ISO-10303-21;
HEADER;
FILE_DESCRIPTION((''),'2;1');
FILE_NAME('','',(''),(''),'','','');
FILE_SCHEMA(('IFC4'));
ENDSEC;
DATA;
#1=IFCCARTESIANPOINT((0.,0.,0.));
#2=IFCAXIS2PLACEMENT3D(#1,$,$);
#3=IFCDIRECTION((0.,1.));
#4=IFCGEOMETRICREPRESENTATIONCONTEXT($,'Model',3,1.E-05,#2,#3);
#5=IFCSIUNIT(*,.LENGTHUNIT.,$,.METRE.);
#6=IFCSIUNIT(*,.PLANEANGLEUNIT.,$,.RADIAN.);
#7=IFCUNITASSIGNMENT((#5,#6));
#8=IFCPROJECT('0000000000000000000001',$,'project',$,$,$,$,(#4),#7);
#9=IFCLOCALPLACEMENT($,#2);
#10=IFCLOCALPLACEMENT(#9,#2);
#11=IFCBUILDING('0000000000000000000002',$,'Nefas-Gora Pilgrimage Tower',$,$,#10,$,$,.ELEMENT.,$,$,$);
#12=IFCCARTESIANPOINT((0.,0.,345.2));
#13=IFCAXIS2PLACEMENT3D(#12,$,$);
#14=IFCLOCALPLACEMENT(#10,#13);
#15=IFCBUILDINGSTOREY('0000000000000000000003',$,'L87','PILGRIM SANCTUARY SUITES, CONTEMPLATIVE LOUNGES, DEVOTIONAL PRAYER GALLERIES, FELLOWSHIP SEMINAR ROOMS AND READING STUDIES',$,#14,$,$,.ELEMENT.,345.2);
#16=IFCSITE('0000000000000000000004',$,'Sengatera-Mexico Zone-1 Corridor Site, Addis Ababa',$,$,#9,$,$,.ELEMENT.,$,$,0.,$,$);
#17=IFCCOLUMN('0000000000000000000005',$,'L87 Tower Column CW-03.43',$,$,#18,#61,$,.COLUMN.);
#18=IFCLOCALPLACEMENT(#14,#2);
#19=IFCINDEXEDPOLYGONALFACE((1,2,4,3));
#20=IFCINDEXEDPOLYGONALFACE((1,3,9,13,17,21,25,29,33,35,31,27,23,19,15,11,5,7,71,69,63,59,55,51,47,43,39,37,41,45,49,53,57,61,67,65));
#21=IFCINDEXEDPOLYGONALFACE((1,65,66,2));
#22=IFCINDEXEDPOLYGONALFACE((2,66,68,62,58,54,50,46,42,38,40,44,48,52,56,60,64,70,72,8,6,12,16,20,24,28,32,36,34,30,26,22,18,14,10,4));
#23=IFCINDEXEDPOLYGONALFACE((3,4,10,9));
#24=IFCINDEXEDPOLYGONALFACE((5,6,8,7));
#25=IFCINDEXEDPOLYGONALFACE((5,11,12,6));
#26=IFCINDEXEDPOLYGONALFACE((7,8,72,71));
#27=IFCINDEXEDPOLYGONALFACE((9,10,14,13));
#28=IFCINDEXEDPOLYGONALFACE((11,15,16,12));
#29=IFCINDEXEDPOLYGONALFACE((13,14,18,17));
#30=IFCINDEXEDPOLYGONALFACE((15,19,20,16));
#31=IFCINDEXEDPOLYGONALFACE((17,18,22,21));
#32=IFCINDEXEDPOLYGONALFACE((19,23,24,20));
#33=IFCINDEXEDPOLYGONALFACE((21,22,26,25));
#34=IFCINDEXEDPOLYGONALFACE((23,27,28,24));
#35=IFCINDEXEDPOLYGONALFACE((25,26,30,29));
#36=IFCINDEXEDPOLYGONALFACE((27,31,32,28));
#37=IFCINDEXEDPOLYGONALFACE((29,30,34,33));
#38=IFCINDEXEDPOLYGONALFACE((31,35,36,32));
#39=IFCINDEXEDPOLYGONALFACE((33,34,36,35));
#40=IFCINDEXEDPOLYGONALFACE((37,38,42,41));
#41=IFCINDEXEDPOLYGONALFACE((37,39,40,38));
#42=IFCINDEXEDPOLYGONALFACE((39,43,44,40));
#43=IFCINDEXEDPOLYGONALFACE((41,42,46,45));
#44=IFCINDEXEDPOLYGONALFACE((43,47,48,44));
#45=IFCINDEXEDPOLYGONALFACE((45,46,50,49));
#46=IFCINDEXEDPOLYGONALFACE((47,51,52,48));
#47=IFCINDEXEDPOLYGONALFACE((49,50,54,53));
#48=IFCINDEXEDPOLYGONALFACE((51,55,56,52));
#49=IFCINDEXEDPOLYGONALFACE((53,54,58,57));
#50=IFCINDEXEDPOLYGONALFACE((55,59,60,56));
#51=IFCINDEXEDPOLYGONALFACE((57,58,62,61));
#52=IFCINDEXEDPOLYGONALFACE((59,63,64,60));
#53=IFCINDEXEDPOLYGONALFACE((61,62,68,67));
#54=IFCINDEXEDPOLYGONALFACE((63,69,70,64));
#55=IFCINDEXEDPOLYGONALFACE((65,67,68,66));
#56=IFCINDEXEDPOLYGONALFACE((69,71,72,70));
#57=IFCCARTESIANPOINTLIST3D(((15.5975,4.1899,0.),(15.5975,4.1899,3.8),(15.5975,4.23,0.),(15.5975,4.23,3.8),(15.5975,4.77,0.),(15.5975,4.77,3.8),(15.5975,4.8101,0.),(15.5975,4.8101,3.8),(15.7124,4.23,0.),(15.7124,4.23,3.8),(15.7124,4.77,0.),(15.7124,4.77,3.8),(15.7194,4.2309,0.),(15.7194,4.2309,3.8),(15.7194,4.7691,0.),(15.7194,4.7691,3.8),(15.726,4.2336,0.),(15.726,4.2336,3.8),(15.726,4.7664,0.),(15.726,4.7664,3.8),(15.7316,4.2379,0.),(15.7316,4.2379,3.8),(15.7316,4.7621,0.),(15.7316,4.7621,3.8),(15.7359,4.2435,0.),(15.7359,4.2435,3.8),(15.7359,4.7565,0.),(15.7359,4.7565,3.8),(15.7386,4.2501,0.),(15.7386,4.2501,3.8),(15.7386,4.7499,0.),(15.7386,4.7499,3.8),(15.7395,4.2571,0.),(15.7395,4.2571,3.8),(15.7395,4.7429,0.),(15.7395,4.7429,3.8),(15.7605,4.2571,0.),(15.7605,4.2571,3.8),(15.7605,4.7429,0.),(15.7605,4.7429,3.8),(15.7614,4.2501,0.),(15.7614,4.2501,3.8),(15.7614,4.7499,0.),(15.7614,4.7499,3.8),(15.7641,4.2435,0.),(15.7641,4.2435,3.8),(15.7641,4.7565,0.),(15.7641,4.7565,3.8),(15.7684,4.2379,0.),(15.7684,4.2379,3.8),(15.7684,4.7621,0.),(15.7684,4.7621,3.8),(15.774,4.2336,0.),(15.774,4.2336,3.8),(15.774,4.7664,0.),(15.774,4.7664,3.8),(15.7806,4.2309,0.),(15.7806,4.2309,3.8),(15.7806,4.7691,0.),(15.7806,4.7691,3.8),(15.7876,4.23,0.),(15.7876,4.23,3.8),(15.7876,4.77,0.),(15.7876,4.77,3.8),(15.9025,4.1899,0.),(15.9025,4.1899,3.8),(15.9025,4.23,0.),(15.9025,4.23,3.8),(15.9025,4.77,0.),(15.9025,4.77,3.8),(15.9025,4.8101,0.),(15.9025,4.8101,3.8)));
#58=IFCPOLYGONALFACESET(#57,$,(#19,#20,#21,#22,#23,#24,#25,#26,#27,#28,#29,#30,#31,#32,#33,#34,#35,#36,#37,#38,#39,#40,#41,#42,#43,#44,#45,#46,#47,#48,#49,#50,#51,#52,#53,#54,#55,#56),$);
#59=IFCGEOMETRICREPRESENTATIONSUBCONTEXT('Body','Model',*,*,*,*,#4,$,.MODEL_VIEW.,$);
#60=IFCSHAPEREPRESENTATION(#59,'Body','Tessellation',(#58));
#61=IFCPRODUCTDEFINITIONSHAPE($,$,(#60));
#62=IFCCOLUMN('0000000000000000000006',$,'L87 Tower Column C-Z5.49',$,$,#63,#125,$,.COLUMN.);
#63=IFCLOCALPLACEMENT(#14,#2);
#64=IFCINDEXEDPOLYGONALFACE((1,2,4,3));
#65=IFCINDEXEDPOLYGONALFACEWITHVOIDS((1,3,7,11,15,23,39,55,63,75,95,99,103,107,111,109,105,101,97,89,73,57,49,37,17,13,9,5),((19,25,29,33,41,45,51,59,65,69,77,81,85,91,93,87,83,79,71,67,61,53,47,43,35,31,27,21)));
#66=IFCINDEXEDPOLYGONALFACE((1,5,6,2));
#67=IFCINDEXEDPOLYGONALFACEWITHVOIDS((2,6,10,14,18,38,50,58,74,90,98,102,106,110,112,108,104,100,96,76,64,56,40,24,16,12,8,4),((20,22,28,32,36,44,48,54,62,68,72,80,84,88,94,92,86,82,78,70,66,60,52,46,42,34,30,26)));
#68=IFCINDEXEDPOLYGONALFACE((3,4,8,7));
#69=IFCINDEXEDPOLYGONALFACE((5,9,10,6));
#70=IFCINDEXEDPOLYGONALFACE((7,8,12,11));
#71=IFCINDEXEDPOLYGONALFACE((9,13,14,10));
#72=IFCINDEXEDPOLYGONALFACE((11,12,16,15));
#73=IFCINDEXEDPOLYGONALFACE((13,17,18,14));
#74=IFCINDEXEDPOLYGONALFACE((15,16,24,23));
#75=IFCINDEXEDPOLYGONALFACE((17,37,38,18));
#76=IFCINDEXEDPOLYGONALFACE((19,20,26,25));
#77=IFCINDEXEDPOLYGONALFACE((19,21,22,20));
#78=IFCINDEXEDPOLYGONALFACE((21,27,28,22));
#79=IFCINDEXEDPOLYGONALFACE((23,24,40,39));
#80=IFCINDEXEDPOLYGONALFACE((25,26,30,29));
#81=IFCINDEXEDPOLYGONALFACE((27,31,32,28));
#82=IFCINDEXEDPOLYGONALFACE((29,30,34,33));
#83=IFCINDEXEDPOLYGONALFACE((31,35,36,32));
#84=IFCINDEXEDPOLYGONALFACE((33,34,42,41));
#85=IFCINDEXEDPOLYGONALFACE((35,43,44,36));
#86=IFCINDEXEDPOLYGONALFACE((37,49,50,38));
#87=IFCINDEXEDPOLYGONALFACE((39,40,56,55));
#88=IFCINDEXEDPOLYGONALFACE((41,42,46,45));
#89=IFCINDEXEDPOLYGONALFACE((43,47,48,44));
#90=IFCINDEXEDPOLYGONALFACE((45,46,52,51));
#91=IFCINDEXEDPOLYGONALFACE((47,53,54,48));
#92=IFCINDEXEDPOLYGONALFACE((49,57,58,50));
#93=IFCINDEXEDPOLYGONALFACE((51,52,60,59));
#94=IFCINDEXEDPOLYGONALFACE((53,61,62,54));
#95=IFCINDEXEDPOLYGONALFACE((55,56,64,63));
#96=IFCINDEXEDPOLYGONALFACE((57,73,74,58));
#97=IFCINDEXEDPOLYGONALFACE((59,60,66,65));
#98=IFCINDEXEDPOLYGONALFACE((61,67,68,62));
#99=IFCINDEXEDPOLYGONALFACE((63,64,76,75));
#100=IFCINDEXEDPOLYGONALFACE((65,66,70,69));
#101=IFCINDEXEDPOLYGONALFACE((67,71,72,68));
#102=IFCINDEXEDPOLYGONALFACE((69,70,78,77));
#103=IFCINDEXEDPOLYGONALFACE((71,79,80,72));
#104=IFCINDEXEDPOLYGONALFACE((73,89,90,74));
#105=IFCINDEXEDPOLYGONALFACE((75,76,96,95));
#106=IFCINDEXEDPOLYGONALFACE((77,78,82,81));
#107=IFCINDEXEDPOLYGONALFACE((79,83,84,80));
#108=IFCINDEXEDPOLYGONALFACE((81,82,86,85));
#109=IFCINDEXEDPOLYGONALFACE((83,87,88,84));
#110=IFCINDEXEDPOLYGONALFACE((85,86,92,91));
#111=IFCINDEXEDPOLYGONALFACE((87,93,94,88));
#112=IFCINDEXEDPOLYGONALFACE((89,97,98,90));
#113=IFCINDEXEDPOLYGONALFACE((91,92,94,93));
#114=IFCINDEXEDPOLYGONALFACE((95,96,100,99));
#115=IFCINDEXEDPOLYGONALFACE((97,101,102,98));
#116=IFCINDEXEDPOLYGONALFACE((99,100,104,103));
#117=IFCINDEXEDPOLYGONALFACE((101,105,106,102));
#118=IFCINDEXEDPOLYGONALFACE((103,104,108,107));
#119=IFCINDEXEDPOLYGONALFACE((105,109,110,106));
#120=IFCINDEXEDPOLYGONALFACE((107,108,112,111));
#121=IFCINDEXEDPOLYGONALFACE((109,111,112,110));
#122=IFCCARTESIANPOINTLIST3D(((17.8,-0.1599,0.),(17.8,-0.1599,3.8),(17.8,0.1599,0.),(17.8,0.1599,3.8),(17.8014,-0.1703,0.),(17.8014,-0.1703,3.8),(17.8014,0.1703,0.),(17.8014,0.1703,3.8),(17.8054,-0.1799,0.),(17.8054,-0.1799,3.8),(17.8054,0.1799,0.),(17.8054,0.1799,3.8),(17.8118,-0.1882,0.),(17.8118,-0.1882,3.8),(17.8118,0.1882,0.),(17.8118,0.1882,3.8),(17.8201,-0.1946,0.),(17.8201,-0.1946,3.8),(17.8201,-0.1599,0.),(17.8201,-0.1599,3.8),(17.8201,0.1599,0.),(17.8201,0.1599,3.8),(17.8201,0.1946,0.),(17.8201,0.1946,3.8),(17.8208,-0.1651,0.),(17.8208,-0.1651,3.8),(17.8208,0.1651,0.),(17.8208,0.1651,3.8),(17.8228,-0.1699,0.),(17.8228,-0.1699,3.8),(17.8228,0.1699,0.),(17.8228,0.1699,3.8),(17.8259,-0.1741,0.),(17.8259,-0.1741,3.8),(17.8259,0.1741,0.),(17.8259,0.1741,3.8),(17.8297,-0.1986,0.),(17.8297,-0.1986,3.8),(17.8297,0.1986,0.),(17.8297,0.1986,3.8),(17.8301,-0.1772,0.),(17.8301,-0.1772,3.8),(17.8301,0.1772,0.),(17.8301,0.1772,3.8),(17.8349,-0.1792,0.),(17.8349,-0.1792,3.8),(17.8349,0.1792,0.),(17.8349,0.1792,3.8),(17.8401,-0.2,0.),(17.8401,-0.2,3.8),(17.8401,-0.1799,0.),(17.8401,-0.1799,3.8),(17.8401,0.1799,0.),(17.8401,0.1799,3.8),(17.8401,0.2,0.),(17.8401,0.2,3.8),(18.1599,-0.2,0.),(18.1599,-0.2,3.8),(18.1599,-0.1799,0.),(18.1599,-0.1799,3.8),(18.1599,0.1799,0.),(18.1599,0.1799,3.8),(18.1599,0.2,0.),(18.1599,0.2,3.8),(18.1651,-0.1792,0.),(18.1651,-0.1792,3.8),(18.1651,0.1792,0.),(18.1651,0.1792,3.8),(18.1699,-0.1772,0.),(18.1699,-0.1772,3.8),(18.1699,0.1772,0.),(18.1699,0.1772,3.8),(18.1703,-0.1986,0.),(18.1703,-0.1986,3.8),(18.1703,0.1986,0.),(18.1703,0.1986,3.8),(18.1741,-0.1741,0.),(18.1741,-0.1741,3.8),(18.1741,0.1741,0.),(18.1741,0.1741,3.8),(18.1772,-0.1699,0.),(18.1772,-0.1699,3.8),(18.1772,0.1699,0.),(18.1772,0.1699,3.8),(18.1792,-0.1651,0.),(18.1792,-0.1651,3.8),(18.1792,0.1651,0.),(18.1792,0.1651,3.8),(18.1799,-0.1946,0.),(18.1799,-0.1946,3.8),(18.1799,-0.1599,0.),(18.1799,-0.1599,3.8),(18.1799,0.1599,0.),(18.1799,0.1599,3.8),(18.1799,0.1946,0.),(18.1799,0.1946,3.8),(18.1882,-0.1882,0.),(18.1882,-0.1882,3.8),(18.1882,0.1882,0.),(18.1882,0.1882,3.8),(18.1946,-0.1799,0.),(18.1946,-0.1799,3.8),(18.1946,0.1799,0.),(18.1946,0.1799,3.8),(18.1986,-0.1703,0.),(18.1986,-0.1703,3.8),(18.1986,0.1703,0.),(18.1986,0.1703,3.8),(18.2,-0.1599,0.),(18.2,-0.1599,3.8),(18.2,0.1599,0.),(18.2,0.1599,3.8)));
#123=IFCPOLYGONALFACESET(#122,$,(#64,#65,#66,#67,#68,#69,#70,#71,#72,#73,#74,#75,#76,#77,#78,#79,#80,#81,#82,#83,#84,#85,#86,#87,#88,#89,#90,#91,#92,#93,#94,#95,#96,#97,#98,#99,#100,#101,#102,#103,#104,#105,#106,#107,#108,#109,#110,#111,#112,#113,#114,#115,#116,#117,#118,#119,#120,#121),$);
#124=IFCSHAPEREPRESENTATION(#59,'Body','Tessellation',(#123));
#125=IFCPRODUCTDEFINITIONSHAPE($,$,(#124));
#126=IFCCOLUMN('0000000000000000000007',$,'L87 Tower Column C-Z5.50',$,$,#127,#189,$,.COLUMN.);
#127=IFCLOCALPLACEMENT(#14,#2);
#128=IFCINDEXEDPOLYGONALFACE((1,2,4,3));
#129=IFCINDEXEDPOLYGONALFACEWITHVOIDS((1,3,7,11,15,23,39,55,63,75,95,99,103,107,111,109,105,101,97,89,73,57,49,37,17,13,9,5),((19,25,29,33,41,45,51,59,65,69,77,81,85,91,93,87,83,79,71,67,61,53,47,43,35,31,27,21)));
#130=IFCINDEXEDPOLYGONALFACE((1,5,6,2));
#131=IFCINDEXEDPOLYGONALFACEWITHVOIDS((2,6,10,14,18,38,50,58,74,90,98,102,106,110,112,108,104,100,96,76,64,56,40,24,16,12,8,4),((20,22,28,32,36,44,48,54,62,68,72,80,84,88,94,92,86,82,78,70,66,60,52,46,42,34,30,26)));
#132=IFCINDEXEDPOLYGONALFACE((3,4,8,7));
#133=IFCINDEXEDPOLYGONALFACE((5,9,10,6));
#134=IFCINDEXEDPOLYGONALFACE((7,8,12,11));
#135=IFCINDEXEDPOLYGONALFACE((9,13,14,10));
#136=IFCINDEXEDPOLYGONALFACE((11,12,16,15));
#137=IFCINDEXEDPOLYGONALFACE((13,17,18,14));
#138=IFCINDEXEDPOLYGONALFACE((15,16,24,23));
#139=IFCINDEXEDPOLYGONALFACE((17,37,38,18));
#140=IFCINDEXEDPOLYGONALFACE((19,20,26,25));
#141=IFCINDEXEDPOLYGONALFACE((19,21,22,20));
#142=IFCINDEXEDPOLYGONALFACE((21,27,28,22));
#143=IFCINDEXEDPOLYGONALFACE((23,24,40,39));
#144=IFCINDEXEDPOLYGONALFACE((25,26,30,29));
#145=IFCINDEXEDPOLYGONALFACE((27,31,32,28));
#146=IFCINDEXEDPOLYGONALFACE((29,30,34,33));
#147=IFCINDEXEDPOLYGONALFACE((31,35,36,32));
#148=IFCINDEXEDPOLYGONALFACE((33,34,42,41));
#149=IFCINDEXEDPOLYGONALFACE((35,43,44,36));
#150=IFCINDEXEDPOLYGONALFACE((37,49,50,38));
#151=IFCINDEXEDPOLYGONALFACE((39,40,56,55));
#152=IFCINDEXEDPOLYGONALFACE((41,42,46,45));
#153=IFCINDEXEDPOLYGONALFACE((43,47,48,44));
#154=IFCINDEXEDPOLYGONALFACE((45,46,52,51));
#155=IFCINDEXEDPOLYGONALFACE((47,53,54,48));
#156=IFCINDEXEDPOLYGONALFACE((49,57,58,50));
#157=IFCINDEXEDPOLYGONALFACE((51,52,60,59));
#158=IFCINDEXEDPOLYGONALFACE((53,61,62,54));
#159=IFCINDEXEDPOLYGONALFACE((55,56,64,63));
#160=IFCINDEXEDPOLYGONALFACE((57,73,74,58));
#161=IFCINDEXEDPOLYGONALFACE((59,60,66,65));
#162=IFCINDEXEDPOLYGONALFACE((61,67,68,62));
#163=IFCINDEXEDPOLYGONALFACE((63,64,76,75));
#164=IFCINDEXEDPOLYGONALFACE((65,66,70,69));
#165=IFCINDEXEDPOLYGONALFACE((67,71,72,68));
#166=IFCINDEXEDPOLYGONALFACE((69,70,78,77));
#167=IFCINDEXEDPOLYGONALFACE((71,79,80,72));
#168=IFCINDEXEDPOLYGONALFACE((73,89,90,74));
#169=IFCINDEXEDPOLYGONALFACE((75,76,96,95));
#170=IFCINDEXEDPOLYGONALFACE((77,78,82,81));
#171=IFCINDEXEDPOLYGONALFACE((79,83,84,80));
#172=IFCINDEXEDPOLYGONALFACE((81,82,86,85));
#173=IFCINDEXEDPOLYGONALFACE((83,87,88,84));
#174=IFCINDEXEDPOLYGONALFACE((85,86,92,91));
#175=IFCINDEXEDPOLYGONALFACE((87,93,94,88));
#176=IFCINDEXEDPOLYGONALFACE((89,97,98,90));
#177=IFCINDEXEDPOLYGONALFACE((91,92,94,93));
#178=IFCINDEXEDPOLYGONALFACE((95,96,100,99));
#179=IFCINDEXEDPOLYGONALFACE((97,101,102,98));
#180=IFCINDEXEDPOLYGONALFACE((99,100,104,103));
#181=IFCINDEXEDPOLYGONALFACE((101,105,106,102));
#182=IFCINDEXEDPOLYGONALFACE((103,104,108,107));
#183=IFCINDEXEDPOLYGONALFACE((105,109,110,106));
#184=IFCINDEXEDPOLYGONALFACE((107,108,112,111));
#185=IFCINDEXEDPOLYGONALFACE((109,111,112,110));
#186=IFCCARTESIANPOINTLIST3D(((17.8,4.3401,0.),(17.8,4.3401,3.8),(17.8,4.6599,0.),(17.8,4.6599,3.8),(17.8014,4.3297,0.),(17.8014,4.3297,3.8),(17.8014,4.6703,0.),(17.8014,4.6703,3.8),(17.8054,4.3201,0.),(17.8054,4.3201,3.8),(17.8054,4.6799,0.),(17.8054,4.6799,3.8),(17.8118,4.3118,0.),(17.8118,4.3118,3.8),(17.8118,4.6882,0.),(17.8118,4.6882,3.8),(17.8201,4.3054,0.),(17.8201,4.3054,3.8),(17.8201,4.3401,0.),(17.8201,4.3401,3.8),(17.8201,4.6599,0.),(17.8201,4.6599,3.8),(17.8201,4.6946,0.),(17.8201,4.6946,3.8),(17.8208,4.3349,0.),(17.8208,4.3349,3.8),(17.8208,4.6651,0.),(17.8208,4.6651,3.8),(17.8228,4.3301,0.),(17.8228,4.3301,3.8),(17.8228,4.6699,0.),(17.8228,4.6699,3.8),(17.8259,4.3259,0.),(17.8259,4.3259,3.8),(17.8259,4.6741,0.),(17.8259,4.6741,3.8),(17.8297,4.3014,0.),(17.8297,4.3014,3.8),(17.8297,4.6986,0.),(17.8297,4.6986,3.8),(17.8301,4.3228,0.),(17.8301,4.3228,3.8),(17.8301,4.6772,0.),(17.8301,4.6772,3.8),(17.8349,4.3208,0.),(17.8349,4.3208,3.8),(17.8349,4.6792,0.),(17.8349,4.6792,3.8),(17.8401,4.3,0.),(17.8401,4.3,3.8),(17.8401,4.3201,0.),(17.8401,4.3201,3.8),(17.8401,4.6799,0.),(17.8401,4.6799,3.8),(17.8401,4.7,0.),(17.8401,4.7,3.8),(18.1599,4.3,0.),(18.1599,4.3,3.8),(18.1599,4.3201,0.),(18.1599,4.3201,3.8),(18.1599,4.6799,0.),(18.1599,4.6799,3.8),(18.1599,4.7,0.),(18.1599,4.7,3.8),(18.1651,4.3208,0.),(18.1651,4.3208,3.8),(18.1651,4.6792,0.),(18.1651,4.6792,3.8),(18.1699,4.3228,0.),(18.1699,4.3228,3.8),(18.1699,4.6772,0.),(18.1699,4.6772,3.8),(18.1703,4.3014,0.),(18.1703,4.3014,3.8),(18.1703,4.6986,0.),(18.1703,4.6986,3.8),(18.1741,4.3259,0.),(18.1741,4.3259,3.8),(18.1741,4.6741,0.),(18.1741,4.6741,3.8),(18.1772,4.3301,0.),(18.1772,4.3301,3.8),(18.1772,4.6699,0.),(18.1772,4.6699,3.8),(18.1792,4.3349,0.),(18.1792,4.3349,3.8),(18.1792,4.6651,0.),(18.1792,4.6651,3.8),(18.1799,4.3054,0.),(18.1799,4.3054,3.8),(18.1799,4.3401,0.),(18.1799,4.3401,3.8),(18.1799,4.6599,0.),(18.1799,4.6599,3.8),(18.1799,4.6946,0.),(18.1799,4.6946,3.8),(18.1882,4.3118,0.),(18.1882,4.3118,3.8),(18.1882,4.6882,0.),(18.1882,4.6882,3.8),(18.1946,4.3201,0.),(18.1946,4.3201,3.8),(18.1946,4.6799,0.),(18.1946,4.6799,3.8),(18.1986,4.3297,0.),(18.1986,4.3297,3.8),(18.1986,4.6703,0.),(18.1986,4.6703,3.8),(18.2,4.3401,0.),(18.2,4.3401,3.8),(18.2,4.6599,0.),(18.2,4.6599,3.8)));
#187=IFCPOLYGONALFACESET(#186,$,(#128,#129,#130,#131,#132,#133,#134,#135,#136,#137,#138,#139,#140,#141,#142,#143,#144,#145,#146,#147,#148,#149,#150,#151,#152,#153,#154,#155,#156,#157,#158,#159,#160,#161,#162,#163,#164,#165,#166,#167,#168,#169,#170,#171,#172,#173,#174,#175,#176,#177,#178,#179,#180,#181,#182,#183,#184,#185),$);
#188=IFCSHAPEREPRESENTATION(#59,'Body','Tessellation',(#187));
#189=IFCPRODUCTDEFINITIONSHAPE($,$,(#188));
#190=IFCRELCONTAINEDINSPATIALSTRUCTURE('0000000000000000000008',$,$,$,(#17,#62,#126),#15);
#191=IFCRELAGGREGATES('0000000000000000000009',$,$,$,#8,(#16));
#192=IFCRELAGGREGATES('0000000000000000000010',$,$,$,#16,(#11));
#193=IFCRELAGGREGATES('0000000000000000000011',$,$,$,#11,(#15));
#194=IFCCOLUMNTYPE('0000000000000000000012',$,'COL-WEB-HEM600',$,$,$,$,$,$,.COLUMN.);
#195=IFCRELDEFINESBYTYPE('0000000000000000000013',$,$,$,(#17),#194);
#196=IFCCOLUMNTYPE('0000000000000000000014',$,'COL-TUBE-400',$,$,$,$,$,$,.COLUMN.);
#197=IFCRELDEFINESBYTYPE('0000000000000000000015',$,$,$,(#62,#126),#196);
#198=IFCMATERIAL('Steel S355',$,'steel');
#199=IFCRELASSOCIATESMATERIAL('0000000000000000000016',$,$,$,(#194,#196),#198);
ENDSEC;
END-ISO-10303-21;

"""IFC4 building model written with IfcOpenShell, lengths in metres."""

from ifc_helpers import new_model, si_unit, direction, frame, origin, origin_2d, place, context, subcontext, project, spatial, hollow_rectangle, i_section, extrude, source, transform, mapped, material, material_profile, profile_set, type_object, element, save


model = new_model("IFC4")

# Units and contexts
model_context = context("Model", 3, precision=1e-05, world=origin(), true_north=direction((0.0, 1.0)))
body_context = subcontext(model_context, "Body", "Model", "MODEL_VIEW")
ifc_project = project(units=[si_unit("LENGTHUNIT", "METRE"), si_unit("PLANEANGLEUNIT", "RADIAN")], contexts=[model_context])

# Site, building, storey
site_placement = place(None, origin())
site = spatial("IfcSite", under=ifc_project, at=site_placement, Name="Sengatera-Mexico Zone-1 Corridor Site, Addis Ababa", CompositionType="ELEMENT", RefElevation=0.0)
building_placement = place(site_placement, origin())
building = spatial("IfcBuilding", under=site, at=building_placement, Name="Nefas-Gora Pilgrimage Tower", CompositionType="ELEMENT")
storey_placement = place(building_placement, frame((0.0, 0.0, 345.2)))
storey = spatial("IfcBuildingStorey", under=building, at=storey_placement, Name="L87", Description="PILGRIM SANCTUARY SUITES, CONTEMPLATIVE LOUNGES, DEVOTIONAL PRAYER GALLERIES, FELLOWSHIP SEMINAR ROOMS AND READING STUDIES", CompositionType="ELEMENT", Elevation=345.2)

# Columns
ifc_material_1 = material(Name="Steel S355", Category="steel")
ifc_material_profile_1 = material_profile(ifc_material_1, i_section(OverallWidth=0.3049, OverallDepth=0.6201, WebThickness=0.021, FlangeThickness=0.04, FilletRadius=0.0271, at=origin_2d()), Name="HEM 600")
ifc_profile_set_1 = profile_set([ifc_material_profile_1], Name="Steel S355")
column_type_1 = type_object("IfcColumnType", Name="COL-WEB-HEM600", PredefinedType="COLUMN", material=ifc_profile_set_1)
shared_shape_1 = source(origin(), body_context, "Body", "SweptSolid", [
    extrude(i_section(OverallWidth=0.3049, OverallDepth=0.6201, WebThickness=0.021, FlangeThickness=0.04, FilletRadius=0.0271, at=origin_2d()), origin(), (0.0, 0.0, 1.0), 3.8),
])
column_placement = place(storey_placement, frame((15.75, 4.5, 0.0), z_axis=(0.0, 0.0, 1.0), x_axis=(1.0, 0.0, 0.0)))
element("IfcColumn", 1, at=column_placement, inside=storey, type_object=column_type_1, Name="L87 Tower Column CW-03.43", PredefinedType="COLUMN", context=body_context, shape_type="MappedRepresentation", body=[
    mapped(shared_shape_1, transform((0.0, 0.0, 0.0), x_axis=(1.0, 0.0, 0.0), y_axis=(0.0, 1.0, 0.0), z_axis=(0.0, 0.0, 1.0), scale=1.0)),
])
ifc_material_profile_2 = material_profile(ifc_material_1, hollow_rectangle(XDim=0.3999, YDim=0.3999, WallThickness=0.02, InnerFilletRadius=0.02, OuterFilletRadius=0.04, at=origin_2d()), Name="SHS 400x400x20")
ifc_profile_set_2 = profile_set([ifc_material_profile_2], Name="Steel S355")
column_type_2 = type_object("IfcColumnType", Name="COL-TUBE-400", PredefinedType="COLUMN", material=ifc_profile_set_2)
shared_shape_2 = source(origin(), body_context, "Body", "SweptSolid", [
    extrude(hollow_rectangle(XDim=0.3999, YDim=0.3999, WallThickness=0.02, InnerFilletRadius=0.02, OuterFilletRadius=0.04, at=origin_2d()), origin(), (0.0, 0.0, 1.0), 3.8),
])
for number, where, z_axis, x_axis, name in (
    (2, (18.0, 0.0, 0.0), (0.0, 0.0, 1.0), (1.0, 0.0, 0.0), "L87 Tower Column C-Z5.49"),
    (3, (18.0, 4.5, 0.0), (0.0, 0.0, 1.0), (1.0, 0.0, 0.0), "L87 Tower Column C-Z5.50"),
):
    element("IfcColumn", number, at=place(storey_placement, frame(where, z_axis=z_axis, x_axis=x_axis)), inside=storey, type_object=column_type_2, Name=name, PredefinedType="COLUMN", context=body_context, shape_type="MappedRepresentation", body=[
        mapped(shared_shape_2, transform((0.0, 0.0, 0.0), x_axis=(1.0, 0.0, 0.0), y_axis=(0.0, 1.0, 0.0), z_axis=(0.0, 0.0, 1.0), scale=1.0)),
    ])

save(model, "model.ifc")
